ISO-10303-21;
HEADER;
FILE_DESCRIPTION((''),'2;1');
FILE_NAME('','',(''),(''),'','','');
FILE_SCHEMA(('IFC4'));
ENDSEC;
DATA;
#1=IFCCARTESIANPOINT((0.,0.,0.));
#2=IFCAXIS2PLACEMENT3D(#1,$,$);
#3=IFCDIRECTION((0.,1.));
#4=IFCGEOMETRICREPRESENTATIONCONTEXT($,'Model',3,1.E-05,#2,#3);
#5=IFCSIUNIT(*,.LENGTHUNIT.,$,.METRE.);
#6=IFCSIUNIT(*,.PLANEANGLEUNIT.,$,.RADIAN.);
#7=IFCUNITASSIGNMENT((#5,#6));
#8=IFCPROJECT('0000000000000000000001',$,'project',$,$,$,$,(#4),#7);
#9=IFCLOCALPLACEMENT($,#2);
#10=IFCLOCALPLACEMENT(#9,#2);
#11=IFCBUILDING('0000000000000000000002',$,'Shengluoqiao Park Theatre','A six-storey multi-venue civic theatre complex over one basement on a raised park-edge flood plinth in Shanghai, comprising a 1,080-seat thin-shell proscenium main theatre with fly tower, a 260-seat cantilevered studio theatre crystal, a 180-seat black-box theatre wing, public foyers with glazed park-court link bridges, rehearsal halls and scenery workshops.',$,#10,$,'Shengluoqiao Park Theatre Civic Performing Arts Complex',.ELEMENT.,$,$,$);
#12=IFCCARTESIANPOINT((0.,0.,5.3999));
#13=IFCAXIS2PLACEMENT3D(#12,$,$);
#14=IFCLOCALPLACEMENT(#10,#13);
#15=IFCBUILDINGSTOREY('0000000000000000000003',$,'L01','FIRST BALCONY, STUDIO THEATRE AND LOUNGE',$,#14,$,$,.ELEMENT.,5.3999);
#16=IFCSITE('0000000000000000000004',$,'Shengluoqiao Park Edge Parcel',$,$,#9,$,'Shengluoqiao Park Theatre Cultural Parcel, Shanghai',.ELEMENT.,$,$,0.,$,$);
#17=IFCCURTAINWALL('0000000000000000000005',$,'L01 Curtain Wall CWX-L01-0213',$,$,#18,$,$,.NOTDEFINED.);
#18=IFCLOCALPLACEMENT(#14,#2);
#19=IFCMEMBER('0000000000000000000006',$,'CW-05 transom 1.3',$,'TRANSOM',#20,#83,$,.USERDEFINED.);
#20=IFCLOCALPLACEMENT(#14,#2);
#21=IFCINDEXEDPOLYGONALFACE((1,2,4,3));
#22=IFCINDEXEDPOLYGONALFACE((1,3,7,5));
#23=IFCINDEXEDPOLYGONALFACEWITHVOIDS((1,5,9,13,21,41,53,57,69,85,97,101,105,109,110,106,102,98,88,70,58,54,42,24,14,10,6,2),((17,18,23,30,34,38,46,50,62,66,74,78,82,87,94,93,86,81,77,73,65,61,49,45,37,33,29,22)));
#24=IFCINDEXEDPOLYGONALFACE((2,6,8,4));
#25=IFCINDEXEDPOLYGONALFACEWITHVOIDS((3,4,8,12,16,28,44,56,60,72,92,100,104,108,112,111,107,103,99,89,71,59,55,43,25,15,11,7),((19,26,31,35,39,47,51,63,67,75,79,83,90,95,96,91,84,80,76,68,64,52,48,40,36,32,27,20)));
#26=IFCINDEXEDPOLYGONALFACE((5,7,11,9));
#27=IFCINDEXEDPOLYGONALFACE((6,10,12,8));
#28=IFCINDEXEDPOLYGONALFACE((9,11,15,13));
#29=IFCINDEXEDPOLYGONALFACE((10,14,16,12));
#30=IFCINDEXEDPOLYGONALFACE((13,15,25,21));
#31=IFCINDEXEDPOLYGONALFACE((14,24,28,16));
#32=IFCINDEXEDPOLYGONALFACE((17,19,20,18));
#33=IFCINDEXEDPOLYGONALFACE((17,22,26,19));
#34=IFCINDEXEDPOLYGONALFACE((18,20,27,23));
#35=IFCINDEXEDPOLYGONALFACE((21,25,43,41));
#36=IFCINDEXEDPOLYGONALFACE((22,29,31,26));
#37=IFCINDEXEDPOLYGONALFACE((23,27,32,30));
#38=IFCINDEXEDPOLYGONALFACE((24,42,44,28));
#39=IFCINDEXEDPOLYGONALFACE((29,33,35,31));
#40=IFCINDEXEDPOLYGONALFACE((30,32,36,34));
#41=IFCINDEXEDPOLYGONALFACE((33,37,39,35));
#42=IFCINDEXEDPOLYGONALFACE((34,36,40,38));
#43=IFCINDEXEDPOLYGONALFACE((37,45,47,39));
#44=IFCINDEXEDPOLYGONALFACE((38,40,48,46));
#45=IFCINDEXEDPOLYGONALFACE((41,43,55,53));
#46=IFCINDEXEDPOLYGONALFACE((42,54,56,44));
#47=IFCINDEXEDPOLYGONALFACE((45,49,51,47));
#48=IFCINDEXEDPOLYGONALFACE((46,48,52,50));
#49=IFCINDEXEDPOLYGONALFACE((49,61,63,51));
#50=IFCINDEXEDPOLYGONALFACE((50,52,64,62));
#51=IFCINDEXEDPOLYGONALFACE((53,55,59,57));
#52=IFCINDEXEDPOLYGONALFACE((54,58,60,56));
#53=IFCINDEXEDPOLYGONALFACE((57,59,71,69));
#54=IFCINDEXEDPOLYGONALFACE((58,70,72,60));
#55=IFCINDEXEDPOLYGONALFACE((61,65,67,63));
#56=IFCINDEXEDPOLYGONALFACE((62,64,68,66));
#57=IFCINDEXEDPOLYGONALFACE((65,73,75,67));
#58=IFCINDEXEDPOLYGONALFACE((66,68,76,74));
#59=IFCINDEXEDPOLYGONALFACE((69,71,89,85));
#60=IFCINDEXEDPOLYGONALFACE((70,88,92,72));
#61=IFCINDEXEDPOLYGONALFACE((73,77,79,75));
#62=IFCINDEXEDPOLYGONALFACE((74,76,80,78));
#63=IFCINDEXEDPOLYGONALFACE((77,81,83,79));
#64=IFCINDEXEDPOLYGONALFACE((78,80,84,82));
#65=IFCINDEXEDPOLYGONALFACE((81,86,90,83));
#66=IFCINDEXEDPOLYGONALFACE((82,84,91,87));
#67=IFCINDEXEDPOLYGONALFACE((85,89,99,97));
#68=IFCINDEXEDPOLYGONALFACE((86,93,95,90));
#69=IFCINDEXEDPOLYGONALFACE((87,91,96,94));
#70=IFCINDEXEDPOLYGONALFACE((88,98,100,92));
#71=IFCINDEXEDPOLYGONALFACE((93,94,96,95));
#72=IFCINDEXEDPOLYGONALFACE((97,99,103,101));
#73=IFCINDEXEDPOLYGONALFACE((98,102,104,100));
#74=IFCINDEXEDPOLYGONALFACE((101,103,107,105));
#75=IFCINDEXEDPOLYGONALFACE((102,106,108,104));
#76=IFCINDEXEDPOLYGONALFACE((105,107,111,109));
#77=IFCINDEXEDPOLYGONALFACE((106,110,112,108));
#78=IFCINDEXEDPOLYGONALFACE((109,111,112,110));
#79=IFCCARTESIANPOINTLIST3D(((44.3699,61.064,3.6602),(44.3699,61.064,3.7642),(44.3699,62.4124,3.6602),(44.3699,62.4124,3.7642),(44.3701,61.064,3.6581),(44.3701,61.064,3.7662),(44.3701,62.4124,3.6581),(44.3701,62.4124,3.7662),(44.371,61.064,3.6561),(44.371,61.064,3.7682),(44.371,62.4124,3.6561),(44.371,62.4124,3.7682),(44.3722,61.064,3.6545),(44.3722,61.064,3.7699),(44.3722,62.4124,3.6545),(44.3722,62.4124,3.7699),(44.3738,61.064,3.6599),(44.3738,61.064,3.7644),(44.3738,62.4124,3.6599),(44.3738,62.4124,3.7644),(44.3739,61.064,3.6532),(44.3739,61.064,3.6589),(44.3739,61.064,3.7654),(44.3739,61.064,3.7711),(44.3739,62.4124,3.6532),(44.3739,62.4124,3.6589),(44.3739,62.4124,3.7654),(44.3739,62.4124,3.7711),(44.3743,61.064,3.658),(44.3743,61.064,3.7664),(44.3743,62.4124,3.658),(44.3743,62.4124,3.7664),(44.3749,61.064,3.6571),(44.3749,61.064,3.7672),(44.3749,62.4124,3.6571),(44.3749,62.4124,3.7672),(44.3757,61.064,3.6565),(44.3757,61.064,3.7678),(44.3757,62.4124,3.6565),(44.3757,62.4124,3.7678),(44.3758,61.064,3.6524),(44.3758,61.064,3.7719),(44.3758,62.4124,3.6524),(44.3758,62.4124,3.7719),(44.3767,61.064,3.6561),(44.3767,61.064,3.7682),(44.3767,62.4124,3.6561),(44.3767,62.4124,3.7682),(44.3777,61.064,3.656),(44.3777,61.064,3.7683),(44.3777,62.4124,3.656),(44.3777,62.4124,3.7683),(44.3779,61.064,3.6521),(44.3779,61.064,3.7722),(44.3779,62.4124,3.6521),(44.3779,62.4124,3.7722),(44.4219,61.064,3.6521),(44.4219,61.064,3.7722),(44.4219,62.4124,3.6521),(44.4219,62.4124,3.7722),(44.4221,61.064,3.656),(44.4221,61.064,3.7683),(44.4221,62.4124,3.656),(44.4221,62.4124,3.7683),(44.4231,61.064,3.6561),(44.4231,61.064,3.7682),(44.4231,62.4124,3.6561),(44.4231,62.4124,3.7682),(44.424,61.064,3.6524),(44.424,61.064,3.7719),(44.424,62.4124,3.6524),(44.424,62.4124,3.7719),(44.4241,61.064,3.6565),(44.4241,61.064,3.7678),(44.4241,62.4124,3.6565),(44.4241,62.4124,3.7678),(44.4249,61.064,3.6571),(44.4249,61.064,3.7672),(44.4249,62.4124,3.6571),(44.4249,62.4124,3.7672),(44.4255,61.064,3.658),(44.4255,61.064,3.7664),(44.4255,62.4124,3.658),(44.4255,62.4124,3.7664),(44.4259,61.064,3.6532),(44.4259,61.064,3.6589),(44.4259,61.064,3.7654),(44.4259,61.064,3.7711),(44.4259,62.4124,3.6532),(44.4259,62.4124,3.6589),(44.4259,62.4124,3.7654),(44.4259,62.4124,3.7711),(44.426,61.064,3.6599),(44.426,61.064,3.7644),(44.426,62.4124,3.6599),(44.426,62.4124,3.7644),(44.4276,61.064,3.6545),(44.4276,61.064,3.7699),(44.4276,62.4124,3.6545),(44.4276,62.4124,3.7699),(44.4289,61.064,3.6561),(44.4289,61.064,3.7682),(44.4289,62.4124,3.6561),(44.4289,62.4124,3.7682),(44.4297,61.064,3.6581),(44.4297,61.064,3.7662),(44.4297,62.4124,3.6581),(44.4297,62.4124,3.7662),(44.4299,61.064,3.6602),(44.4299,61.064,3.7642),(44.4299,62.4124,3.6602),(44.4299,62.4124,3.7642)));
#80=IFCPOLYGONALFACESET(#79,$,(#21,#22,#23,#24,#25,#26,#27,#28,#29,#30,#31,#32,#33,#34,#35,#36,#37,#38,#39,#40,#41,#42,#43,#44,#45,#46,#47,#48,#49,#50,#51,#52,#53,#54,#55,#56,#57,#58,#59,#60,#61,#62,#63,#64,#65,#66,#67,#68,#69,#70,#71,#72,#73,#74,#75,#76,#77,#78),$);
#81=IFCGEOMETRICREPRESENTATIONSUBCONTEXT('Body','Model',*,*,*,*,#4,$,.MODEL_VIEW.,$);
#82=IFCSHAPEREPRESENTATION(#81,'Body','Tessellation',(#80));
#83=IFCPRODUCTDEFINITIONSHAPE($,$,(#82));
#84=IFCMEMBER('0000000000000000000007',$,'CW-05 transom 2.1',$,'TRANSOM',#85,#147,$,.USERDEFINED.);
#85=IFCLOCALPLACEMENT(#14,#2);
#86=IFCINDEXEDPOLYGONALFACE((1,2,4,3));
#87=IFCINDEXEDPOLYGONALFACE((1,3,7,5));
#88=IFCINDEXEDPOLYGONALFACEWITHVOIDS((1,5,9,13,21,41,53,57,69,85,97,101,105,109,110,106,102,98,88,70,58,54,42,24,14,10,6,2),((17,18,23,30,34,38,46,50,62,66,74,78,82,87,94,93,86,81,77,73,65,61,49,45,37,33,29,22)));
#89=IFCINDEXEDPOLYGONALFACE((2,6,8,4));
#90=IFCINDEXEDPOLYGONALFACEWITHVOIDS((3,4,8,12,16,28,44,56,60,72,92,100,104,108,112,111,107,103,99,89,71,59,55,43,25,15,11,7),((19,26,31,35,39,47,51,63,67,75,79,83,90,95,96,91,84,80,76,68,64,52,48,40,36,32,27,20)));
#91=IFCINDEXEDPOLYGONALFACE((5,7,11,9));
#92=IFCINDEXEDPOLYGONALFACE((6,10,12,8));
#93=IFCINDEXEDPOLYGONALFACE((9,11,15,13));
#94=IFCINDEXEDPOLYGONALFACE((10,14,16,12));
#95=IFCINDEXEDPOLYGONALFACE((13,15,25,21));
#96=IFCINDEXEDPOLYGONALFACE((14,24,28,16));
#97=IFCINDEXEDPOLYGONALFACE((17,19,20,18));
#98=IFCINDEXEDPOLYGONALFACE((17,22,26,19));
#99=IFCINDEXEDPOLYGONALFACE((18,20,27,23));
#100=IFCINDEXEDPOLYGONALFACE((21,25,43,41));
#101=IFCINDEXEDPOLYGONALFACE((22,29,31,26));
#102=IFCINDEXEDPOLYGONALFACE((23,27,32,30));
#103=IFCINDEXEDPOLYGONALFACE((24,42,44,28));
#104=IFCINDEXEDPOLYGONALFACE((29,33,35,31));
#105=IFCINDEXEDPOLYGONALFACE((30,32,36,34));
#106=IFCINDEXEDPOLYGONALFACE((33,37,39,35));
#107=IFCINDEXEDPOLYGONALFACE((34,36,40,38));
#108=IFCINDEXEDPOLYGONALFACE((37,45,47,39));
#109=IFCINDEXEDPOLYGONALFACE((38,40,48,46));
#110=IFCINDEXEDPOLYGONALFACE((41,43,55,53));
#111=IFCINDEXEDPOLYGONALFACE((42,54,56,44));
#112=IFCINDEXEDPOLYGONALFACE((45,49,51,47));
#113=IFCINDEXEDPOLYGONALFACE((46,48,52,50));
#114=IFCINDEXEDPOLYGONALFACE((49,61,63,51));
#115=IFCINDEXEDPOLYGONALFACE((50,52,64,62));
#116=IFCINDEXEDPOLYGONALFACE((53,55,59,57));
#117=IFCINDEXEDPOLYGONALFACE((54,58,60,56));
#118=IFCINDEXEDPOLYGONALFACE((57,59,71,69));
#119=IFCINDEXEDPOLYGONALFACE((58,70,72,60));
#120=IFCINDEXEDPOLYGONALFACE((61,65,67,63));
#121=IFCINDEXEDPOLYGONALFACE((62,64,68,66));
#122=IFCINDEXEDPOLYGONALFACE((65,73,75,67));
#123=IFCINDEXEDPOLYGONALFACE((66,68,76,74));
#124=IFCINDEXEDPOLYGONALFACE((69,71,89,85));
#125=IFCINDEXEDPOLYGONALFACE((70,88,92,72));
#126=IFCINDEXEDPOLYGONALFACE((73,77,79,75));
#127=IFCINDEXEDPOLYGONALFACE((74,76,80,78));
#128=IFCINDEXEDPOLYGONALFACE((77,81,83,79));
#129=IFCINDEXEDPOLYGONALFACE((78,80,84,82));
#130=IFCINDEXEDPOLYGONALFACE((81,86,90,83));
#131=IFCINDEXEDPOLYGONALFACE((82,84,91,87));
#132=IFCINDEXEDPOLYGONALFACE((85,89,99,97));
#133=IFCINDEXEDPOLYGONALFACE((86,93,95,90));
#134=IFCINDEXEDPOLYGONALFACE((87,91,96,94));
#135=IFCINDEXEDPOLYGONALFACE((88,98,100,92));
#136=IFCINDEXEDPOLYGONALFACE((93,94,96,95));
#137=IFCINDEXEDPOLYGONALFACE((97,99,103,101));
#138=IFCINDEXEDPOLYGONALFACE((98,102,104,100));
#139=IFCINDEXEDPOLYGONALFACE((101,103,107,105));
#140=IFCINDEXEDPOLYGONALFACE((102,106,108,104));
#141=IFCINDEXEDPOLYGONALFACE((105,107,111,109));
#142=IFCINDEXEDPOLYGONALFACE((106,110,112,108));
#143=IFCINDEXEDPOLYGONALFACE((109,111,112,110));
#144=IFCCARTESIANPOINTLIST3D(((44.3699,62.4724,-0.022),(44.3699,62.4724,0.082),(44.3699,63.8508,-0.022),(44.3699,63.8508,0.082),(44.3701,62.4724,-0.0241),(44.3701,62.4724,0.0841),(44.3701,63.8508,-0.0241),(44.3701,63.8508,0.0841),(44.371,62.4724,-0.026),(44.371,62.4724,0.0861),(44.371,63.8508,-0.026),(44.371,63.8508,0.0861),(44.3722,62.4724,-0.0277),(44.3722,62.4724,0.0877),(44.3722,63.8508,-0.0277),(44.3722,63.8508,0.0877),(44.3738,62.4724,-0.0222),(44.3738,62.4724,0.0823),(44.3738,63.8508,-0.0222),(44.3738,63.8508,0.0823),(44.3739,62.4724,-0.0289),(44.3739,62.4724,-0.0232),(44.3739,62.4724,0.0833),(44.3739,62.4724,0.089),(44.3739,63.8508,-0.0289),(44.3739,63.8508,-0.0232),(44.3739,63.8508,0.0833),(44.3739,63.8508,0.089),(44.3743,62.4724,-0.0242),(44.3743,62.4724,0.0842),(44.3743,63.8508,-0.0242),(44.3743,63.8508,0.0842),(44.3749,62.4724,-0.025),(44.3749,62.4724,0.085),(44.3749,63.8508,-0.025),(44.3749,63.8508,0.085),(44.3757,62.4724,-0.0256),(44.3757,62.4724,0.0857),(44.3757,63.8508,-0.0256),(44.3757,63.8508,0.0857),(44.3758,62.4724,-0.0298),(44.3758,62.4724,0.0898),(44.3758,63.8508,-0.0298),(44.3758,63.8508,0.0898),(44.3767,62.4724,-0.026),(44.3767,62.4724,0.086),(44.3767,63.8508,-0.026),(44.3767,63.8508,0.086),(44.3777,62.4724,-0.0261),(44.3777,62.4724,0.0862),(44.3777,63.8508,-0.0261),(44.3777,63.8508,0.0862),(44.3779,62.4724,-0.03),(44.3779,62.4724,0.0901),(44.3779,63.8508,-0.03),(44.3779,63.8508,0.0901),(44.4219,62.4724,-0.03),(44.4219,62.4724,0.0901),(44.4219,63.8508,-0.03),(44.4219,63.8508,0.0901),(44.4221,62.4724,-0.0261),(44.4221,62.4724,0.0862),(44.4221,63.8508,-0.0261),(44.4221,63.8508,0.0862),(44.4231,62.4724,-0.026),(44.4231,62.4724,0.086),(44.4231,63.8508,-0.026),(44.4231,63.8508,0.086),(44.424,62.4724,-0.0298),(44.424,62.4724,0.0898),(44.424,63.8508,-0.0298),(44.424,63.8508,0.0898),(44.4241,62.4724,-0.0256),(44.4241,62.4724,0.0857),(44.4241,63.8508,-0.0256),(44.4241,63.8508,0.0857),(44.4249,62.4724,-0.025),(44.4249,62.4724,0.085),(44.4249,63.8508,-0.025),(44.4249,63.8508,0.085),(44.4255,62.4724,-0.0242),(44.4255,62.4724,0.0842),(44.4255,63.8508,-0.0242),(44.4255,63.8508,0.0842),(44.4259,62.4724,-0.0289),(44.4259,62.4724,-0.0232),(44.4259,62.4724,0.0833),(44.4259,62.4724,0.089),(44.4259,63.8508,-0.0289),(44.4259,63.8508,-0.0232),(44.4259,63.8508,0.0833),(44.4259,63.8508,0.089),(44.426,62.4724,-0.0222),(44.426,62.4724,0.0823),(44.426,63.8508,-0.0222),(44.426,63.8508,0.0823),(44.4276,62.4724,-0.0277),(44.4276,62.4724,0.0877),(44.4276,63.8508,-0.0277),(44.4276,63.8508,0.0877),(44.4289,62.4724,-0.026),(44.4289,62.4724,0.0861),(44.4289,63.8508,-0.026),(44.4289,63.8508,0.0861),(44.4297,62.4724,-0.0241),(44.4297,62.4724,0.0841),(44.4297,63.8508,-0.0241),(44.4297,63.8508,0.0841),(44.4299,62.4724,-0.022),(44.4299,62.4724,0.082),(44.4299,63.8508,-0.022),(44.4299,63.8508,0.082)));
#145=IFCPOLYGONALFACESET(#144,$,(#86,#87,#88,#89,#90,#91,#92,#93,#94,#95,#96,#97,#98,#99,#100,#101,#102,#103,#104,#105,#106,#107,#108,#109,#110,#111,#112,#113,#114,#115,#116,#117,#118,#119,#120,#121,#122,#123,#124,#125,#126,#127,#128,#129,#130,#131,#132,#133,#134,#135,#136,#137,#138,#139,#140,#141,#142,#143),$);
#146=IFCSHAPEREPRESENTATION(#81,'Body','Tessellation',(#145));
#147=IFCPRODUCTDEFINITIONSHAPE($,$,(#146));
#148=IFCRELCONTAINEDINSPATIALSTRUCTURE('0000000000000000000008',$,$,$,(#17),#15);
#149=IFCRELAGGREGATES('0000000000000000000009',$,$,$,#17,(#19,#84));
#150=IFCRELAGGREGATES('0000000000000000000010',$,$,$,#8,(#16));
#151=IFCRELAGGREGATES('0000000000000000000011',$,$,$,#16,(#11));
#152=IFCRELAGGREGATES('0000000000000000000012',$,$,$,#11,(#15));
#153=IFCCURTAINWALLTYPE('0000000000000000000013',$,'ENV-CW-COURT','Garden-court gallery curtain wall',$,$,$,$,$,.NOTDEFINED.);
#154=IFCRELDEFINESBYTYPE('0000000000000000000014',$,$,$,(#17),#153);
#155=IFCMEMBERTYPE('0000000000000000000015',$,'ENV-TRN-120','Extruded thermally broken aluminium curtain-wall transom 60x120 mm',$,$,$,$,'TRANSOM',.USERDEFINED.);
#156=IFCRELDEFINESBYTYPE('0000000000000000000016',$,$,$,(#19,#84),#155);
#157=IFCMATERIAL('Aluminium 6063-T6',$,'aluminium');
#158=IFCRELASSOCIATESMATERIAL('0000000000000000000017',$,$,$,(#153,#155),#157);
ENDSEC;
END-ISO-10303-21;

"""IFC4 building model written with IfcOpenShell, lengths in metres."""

from ifc_helpers import new_model, si_unit, direction, frame, origin, origin_2d, place, context, subcontext, project, spatial, hollow_rectangle, extrude, material, material_profile, profile_set, type_object, element, aggregate, save


model = new_model("IFC4")

# Units and contexts
model_context = context("Model", 3, precision=1e-05, world=origin(), true_north=direction((0.0, 1.0)))
body_context = subcontext(model_context, "Body", "Model", "MODEL_VIEW")
ifc_project = project(units=[si_unit("LENGTHUNIT", "METRE"), si_unit("PLANEANGLEUNIT", "RADIAN")], contexts=[model_context])

# Site, building, storey
site_placement = place(None, origin())
site = spatial("IfcSite", under=ifc_project, at=site_placement, Name="Shengluoqiao Park Edge Parcel", LongName="Shengluoqiao Park Theatre Cultural Parcel, Shanghai", CompositionType="ELEMENT", RefElevation=0.0)
building_placement = place(site_placement, origin())
building = spatial("IfcBuilding", under=site, at=building_placement, Name="Shengluoqiao Park Theatre", Description="A six-storey multi-venue civic theatre complex over one basement on a raised park-edge flood plinth in Shanghai, comprising a 1,080-seat thin-shell proscenium main theatre with fly tower, a 260-seat cantilevered studio theatre crystal, a 180-seat black-box theatre wing, public foyers with glazed park-court link bridges, rehearsal halls and scenery workshops.", LongName="Shengluoqiao Park Theatre Civic Performing Arts Complex", CompositionType="ELEMENT")
storey_placement = place(building_placement, frame((0.0, 0.0, 5.3999)))
storey = spatial("IfcBuildingStorey", under=building, at=storey_placement, Name="L01", Description="FIRST BALCONY, STUDIO THEATRE AND LOUNGE", CompositionType="ELEMENT", Elevation=5.3999)

# Curtain wall, members
ifc_material_1 = material(Name="Aluminium 6063-T6", Category="aluminium")
curtain_wall_type = type_object("IfcCurtainWallType", Name="ENV-CW-COURT", Description="Garden-court gallery curtain wall", PredefinedType="NOTDEFINED", material=ifc_material_1)
curtain_wall_placement = place(storey_placement, origin())
curtain_wall = element("IfcCurtainWall", 1, at=curtain_wall_placement, inside=storey, type_object=curtain_wall_type, Name="L01 Curtain Wall CWX-L01-0213", PredefinedType="NOTDEFINED")
ifc_material_profile_1 = material_profile(ifc_material_1, hollow_rectangle(XDim=0.0601, YDim=0.1201, WallThickness=0.0039, InnerFilletRadius=0.0039, OuterFilletRadius=0.0081, at=origin_2d()), Name="ALU TRANSOM 120x60x4")
ifc_profile_set_1 = profile_set([ifc_material_profile_1], Name="Aluminium 6063-T6")
member_type_1 = type_object("IfcMemberType", Name="ENV-TRN-120", Description="Extruded thermally broken aluminium curtain-wall transom 60x120 mm", ElementType="TRANSOM", PredefinedType="USERDEFINED", material=ifc_profile_set_1)
member_1_placement = place(storey_placement, frame((44.3999, 61.064, 3.7122), z_axis=(0.0, 1.0, 0.0), x_axis=(-1.0, 0.0, 0.0)))
member_1 = element("IfcMember", 2, at=member_1_placement, type_object=member_type_1, Name="CW-05 transom 1.3", ObjectType="TRANSOM", PredefinedType="USERDEFINED", context=body_context, shape_type="SweptSolid", body=[
    extrude(hollow_rectangle(XDim=0.0601, YDim=0.1201, WallThickness=0.0039, InnerFilletRadius=0.0039, OuterFilletRadius=0.0081, at=origin_2d()), origin(), (0.0, 0.0, 1.0), 1.3484),
])
member_2_placement = place(storey_placement, frame((44.3999, 62.4724, 0.03), z_axis=(0.0, 1.0, 0.0), x_axis=(-1.0, 0.0, 0.0)))
member_2 = element("IfcMember", 3, at=member_2_placement, type_object=member_type_1, Name="CW-05 transom 2.1", ObjectType="TRANSOM", PredefinedType="USERDEFINED", context=body_context, shape_type="SweptSolid", body=[
    extrude(hollow_rectangle(XDim=0.0601, YDim=0.1201, WallThickness=0.0039, InnerFilletRadius=0.0039, OuterFilletRadius=0.0081, at=origin_2d()), origin(), (0.0, 0.0, 1.0), 1.3784),
])

aggregate(curtain_wall, [member_1, member_2])

save(model, "model.ifc")
